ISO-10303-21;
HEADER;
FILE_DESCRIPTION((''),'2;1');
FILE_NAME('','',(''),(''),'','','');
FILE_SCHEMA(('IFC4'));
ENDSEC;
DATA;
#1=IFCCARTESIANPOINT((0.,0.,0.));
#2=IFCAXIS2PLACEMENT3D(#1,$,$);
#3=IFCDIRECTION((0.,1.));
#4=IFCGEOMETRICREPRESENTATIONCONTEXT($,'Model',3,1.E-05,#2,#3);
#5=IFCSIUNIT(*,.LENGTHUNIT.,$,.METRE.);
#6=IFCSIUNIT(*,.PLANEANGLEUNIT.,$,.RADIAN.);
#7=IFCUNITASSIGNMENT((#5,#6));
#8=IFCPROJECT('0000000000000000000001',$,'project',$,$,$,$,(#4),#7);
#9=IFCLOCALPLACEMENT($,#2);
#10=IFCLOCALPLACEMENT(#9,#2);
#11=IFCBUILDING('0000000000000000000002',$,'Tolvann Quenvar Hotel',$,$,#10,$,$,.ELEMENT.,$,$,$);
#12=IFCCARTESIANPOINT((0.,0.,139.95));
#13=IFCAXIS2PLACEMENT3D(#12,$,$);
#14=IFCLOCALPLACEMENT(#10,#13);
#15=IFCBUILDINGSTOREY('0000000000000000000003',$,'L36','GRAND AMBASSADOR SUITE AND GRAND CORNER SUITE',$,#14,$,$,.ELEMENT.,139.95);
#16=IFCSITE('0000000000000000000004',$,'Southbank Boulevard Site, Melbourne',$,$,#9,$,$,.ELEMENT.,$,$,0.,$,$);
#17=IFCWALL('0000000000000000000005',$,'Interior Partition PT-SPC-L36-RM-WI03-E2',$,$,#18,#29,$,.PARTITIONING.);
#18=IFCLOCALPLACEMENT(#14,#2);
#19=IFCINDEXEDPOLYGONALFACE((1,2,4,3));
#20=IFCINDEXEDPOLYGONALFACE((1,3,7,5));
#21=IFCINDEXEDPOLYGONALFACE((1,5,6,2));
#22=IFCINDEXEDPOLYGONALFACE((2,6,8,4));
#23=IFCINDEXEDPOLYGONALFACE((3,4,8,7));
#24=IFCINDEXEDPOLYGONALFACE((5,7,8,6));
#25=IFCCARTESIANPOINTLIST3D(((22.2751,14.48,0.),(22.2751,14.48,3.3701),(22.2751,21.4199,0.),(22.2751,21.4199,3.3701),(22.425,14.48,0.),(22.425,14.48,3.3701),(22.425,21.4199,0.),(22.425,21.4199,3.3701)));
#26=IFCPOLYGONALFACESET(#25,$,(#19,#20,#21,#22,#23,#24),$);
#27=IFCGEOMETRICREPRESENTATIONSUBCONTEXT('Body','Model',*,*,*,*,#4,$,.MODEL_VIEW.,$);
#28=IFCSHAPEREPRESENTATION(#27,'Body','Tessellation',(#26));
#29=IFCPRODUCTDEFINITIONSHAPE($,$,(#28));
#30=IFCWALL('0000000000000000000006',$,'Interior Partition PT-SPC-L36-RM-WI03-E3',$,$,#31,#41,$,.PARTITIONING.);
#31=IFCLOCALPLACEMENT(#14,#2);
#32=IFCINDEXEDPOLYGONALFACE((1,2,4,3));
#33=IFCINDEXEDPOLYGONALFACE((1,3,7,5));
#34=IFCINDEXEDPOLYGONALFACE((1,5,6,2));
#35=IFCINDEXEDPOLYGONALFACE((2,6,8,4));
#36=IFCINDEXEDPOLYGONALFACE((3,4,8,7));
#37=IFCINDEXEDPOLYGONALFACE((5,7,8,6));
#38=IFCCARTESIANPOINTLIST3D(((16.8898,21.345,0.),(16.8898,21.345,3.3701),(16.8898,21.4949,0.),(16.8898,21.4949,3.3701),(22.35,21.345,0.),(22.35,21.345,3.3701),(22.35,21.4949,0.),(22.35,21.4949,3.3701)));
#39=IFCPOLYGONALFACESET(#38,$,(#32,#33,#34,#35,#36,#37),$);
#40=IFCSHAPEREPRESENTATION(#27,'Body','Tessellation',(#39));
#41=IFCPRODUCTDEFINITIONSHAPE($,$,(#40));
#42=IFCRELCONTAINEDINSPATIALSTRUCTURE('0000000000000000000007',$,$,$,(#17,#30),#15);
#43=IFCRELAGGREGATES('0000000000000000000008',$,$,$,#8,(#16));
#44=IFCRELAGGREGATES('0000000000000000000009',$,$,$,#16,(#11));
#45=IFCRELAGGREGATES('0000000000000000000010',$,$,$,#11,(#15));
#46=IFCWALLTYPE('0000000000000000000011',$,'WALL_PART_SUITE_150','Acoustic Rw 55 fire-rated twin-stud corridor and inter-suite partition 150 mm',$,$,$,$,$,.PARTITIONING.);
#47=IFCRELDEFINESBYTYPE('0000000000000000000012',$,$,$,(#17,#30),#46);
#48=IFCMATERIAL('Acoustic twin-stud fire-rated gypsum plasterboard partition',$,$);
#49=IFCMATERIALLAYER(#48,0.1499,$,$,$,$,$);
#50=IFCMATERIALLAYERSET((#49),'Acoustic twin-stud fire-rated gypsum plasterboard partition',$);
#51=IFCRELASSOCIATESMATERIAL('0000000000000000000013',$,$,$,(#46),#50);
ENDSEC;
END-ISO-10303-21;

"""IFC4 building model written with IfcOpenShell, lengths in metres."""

from ifc_helpers import new_model, si_unit, direction, frame, frame_2d, origin, place, context, subcontext, project, spatial, rectangle, extrude, material, layer, layer_set, type_object, element, save


model = new_model("IFC4")

# Units and contexts
model_context = context("Model", 3, precision=1e-05, world=origin(), true_north=direction((0.0, 1.0)))
body_context = subcontext(model_context, "Body", "Model", "MODEL_VIEW")
ifc_project = project(units=[si_unit("LENGTHUNIT", "METRE"), si_unit("PLANEANGLEUNIT", "RADIAN")], contexts=[model_context])

# Site, building, storey
site_placement = place(None, origin())
site = spatial("IfcSite", under=ifc_project, at=site_placement, Name="Southbank Boulevard Site, Melbourne", CompositionType="ELEMENT", RefElevation=0.0)
building_placement = place(site_placement, origin())
building = spatial("IfcBuilding", under=site, at=building_placement, Name="Tolvann Quenvar Hotel", CompositionType="ELEMENT")
storey_placement = place(building_placement, frame((0.0, 0.0, 139.95)))
storey = spatial("IfcBuildingStorey", under=building, at=storey_placement, Name="L36", Description="GRAND AMBASSADOR SUITE AND GRAND CORNER SUITE", CompositionType="ELEMENT", Elevation=139.95)

# Shared definitions
ifc_material_1 = material(Name="Acoustic twin-stud fire-rated gypsum plasterboard partition")

# Shared definitions
ifc_layer_1 = layer(ifc_material_1, 0.1499)
ifc_layer_set_1 = layer_set([ifc_layer_1], Name="Acoustic twin-stud fire-rated gypsum plasterboard partition")
wall_type_1 = type_object("IfcWallType", Name="WALL_PART_SUITE_150", Description="Acoustic Rw 55 fire-rated twin-stud corridor and inter-suite partition 150 mm", PredefinedType="PARTITIONING", material=ifc_layer_set_1)

# Walls
wall_1_placement = place(storey_placement, frame((22.3501, 14.48, 0.0), z_axis=(0.0, 0.0, 1.0), x_axis=(0.0, 1.0, 0.0)))
element("IfcWall", 1, at=wall_1_placement, inside=storey, type_object=wall_type_1, Name="Interior Partition PT-SPC-L36-RM-WI03-E2", PredefinedType="PARTITIONING", context=body_context, shape_type="SweptSolid", body=[
    extrude(rectangle(XDim=6.9399, YDim=0.1499, at=frame_2d((3.47, 0.0))), origin(), (0.0, 0.0, 1.0), 3.3701),
])
wall_2_placement = place(storey_placement, frame((16.8899, 21.4199, 0.0), z_axis=(0.0, 0.0, 1.0), x_axis=(1.0, 0.0, 0.0)))
element("IfcWall", 2, at=wall_2_placement, inside=storey, type_object=wall_type_1, Name="Interior Partition PT-SPC-L36-RM-WI03-E3", PredefinedType="PARTITIONING", context=body_context, shape_type="SweptSolid", body=[
    extrude(rectangle(XDim=5.4602, YDim=0.1499, at=frame_2d((2.73, 0.0))), origin(), (0.0, 0.0, 1.0), 3.3701),
])

save(model, "model.ifc")
